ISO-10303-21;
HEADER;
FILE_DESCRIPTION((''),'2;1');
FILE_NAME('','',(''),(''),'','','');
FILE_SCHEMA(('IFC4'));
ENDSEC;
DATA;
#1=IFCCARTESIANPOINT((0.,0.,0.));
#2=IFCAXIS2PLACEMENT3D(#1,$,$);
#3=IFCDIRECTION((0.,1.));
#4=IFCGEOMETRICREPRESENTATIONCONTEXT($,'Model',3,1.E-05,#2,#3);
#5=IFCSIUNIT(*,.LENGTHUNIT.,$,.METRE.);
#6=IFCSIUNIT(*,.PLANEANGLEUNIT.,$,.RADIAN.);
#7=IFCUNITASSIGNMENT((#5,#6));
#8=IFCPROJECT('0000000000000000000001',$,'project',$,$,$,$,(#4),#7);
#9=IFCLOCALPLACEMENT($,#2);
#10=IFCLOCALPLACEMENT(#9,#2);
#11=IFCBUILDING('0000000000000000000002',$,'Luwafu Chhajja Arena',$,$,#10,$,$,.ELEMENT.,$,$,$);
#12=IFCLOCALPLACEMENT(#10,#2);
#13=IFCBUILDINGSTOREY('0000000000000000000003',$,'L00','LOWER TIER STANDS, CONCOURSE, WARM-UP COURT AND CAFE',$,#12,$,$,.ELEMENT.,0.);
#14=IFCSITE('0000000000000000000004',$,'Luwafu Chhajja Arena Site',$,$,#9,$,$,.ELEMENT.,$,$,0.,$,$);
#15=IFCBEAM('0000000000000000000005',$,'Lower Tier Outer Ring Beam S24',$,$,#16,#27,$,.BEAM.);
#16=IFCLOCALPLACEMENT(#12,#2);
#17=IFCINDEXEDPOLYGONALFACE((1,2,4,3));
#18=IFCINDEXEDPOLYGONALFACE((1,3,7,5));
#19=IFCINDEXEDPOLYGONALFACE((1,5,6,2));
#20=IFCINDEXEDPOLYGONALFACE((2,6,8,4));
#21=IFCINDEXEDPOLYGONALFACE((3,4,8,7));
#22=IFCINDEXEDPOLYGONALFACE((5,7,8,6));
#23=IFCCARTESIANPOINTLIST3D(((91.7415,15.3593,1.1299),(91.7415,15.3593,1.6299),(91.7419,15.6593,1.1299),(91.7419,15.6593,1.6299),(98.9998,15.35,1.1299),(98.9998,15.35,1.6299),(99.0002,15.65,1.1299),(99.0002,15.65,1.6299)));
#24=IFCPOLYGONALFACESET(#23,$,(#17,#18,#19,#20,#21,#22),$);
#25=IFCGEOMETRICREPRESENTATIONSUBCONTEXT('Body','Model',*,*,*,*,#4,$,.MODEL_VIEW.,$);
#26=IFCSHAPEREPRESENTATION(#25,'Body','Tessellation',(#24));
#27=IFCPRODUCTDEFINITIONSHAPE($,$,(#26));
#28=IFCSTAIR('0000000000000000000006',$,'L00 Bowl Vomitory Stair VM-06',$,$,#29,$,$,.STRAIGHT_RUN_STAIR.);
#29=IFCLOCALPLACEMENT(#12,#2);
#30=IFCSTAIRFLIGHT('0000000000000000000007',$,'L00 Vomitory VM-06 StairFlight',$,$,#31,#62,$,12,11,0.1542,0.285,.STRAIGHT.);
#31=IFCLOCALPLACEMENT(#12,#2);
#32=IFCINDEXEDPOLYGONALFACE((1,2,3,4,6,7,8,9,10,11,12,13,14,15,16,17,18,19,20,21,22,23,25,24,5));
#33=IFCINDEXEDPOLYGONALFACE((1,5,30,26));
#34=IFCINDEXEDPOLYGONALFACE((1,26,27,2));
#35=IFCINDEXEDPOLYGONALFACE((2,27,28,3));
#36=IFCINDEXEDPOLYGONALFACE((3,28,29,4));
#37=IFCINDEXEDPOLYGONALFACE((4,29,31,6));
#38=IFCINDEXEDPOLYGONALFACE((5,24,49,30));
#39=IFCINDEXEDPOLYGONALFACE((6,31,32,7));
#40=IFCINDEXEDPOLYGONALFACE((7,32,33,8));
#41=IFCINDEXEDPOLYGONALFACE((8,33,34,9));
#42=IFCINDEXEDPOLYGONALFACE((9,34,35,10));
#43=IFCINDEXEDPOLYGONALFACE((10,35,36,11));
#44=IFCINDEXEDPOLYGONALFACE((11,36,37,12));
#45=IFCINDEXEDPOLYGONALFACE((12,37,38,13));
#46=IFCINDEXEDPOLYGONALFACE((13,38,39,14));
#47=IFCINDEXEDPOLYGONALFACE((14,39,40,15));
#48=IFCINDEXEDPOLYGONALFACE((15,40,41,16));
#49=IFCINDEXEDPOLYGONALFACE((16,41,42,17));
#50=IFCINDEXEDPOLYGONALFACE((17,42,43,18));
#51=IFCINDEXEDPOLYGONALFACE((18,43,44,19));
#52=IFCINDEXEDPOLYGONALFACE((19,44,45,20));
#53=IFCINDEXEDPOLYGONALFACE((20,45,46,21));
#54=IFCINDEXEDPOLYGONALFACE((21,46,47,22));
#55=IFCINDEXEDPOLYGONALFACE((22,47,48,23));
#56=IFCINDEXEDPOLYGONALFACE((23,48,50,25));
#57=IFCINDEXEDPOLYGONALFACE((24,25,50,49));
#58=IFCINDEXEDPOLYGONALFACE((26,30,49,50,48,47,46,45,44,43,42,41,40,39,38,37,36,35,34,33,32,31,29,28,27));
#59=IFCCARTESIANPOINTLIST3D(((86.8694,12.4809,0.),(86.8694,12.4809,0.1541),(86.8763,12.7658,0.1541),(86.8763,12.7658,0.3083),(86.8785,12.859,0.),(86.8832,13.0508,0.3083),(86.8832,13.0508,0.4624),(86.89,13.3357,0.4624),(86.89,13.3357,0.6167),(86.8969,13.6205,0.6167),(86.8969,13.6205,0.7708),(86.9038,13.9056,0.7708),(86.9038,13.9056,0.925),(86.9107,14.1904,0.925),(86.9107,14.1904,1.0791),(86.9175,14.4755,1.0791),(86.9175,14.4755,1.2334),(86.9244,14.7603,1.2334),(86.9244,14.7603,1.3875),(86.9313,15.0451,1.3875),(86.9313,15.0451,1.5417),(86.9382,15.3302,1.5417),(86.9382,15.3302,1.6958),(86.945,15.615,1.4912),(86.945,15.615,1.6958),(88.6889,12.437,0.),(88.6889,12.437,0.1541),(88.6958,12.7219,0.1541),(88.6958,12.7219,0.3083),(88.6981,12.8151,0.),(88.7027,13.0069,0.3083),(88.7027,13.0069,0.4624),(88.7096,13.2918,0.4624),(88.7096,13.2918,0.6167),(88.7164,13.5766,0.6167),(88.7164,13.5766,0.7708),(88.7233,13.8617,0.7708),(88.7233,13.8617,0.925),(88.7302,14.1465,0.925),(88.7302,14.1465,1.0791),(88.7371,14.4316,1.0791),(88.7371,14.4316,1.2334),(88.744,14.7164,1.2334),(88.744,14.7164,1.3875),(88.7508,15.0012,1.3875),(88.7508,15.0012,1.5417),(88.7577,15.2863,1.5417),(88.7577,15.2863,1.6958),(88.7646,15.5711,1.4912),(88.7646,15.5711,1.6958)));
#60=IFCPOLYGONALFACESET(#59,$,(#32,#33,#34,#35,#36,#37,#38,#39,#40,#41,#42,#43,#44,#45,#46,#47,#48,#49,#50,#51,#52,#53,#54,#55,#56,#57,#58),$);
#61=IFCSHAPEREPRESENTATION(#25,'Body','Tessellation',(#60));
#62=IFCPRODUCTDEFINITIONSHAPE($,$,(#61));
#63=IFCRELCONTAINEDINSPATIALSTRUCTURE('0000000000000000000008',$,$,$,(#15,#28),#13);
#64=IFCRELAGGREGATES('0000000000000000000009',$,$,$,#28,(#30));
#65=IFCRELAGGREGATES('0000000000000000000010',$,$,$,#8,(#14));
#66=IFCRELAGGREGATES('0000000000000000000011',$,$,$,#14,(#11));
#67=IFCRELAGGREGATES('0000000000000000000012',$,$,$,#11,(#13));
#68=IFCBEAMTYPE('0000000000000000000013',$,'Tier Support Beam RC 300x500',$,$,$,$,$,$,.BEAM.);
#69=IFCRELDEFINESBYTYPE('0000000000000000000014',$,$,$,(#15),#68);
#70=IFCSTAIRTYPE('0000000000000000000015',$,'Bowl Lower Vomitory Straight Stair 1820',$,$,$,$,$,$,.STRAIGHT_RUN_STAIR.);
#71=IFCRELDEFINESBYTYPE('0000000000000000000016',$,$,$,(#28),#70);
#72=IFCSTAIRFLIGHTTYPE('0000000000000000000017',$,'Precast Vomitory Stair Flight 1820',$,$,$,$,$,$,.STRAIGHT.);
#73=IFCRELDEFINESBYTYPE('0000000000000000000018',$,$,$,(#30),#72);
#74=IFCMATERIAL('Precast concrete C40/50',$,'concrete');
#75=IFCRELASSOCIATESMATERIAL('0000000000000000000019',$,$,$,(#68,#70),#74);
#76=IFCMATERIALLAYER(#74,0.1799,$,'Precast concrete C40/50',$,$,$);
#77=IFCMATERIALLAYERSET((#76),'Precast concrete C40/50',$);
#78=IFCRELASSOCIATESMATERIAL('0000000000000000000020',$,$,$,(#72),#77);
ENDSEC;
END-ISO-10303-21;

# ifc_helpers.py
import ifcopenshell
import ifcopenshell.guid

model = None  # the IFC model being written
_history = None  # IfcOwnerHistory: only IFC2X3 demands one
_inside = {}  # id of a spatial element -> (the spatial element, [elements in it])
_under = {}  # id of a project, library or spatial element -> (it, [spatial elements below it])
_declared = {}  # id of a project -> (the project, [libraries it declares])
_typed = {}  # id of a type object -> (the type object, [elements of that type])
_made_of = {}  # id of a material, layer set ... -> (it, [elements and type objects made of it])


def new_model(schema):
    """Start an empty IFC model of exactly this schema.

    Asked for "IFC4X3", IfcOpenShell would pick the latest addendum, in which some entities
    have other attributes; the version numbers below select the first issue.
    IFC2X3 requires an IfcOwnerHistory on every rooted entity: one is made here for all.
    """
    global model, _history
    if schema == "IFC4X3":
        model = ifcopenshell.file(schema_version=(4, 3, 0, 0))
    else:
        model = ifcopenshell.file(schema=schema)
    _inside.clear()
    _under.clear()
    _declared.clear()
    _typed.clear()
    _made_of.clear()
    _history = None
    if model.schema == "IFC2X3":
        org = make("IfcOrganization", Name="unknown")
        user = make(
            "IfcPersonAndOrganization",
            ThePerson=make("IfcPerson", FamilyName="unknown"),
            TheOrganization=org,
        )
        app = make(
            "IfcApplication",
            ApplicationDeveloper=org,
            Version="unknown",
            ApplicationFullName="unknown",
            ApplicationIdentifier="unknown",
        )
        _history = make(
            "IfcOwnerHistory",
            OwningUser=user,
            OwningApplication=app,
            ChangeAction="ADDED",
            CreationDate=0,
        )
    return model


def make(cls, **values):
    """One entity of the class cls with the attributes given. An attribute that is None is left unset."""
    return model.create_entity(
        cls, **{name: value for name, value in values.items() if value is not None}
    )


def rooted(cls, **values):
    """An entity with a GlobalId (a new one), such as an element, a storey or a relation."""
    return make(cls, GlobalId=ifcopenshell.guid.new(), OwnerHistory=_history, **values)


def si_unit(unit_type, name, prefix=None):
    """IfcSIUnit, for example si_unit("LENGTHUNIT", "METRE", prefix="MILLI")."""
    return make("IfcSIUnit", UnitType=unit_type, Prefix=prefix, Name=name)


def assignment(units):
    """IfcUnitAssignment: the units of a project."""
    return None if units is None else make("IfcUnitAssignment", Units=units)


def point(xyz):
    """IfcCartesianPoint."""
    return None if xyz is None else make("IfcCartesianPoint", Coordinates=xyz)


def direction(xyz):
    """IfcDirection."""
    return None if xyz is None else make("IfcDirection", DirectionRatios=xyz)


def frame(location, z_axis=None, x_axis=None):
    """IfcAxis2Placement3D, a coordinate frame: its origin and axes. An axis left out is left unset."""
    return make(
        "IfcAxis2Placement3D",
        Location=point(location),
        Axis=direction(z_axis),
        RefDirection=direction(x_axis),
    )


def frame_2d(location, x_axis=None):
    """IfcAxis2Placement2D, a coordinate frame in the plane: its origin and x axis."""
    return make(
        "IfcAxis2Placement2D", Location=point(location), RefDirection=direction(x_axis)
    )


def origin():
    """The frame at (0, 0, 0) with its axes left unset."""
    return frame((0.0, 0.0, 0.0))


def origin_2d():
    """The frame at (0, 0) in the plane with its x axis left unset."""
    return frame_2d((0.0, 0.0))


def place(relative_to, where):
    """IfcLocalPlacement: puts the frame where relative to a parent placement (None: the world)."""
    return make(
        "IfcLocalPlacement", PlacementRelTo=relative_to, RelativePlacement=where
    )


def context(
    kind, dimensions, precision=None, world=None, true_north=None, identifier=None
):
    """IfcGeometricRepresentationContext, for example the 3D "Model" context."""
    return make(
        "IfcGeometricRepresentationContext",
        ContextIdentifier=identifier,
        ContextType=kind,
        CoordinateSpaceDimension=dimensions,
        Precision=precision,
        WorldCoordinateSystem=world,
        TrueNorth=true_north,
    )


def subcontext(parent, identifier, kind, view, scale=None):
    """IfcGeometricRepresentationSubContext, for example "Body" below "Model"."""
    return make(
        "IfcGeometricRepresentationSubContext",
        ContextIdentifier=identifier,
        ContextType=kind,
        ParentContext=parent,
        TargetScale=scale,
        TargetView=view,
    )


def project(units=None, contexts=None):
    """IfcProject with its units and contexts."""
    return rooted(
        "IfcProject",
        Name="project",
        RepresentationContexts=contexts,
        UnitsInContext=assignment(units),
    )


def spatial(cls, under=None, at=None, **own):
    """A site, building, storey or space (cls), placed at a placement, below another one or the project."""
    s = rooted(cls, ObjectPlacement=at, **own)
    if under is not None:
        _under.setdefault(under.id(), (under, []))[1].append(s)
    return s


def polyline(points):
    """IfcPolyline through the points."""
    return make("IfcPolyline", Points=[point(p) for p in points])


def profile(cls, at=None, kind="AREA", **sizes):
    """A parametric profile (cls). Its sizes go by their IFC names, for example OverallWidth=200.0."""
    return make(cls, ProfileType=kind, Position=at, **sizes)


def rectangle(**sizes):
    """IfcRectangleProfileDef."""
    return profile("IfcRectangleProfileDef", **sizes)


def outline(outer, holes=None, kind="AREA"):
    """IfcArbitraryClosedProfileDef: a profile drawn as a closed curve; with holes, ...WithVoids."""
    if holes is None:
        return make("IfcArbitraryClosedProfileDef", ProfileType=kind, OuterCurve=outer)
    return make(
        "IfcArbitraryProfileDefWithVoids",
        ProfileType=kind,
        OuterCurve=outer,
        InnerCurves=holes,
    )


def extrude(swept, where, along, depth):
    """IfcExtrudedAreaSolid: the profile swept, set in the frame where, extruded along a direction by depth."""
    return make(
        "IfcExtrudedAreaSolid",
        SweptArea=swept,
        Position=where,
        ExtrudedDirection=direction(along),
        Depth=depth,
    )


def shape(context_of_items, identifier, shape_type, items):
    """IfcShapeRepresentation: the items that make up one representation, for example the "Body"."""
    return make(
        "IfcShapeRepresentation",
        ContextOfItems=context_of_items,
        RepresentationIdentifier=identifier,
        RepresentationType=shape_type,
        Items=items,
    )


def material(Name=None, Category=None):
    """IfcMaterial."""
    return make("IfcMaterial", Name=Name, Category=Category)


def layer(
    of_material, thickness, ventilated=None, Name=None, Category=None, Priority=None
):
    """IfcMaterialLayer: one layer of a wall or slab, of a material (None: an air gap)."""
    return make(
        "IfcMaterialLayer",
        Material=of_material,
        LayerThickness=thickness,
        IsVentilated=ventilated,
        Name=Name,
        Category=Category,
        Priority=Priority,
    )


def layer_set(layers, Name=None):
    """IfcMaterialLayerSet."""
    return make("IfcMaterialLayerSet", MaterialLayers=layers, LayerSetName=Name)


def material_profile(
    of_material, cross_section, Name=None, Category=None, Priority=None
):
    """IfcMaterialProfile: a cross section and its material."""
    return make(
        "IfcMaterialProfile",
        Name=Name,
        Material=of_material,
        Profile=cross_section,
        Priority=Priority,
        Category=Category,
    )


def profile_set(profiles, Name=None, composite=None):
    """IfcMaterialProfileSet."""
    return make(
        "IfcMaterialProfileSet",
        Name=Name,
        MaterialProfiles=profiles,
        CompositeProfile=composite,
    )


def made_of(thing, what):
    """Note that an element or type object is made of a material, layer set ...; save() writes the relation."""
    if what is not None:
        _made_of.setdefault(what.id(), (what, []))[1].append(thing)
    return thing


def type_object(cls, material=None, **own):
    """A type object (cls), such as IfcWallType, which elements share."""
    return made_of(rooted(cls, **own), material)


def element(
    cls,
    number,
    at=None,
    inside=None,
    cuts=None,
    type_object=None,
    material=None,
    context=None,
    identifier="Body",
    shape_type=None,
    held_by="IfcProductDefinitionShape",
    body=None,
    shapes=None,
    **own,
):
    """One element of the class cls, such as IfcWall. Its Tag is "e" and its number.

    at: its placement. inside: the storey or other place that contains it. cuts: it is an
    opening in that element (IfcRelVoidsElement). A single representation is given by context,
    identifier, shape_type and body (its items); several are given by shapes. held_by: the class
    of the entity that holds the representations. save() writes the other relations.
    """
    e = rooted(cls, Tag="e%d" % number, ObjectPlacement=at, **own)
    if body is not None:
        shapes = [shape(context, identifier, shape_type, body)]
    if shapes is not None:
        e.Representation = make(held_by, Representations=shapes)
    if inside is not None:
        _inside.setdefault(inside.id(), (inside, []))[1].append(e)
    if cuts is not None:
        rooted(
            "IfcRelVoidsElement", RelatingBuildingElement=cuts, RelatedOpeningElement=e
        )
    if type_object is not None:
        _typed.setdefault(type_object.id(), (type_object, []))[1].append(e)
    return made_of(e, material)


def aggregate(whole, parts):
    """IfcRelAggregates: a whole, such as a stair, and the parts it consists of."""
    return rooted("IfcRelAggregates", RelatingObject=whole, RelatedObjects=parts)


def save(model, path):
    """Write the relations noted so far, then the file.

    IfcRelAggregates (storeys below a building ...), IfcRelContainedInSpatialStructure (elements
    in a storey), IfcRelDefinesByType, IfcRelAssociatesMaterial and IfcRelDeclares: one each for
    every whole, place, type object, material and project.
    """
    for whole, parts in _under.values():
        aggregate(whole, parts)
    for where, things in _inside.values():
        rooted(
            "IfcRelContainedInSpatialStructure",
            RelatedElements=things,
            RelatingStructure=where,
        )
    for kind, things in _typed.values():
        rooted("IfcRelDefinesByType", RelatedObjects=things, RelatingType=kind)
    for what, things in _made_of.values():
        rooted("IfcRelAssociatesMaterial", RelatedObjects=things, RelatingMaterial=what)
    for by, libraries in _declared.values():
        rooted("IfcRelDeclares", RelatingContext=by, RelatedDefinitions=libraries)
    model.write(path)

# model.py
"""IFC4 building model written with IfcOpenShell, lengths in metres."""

from ifc_helpers import new_model, si_unit, direction, frame, origin, origin_2d, place, context, subcontext, project, spatial, polyline, rectangle, outline, extrude, material, layer, layer_set, material_profile, profile_set, type_object, element, aggregate, save


model = new_model("IFC4")

# Units and contexts
model_context = context("Model", 3, precision=1e-05, world=origin(), true_north=direction((0.0, 1.0)))
body_context = subcontext(model_context, "Body", "Model", "MODEL_VIEW")
ifc_project = project(units=[si_unit("LENGTHUNIT", "METRE"), si_unit("PLANEANGLEUNIT", "RADIAN")], contexts=[model_context])

# Site, building, storey
site_placement = place(None, origin())
site = spatial("IfcSite", under=ifc_project, at=site_placement, Name="Luwafu Chhajja Arena Site", CompositionType="ELEMENT", RefElevation=0.0)
building_placement = place(site_placement, origin())
building = spatial("IfcBuilding", under=site, at=building_placement, Name="Luwafu Chhajja Arena", CompositionType="ELEMENT")
storey_placement = place(building_placement, origin())
storey = spatial("IfcBuildingStorey", under=building, at=storey_placement, Name="L00", Description="LOWER TIER STANDS, CONCOURSE, WARM-UP COURT AND CAFE", CompositionType="ELEMENT", Elevation=0.0)

# Beam
ifc_material_1 = material(Name="Precast concrete C40/50", Category="concrete")
ifc_material_profile_1 = material_profile(ifc_material_1, rectangle(XDim=0.3, YDim=0.5, at=origin_2d()), Name="RC 300x500")
ifc_profile_set_1 = profile_set([ifc_material_profile_1], Name="Precast concrete C40/50")
beam_type_1 = type_object("IfcBeamType", Name="Tier Support Beam RC 300x500", PredefinedType="BEAM", material=ifc_profile_set_1)
beam_1_placement = place(storey_placement, frame((91.7417, 15.5093, 1.3799), z_axis=(0.999999, -0.001278, 0.0), x_axis=(0.001278, 0.999999, 0.0)))
element("IfcBeam", 1, at=beam_1_placement, inside=storey, type_object=beam_type_1, Name="Lower Tier Outer Ring Beam S24", PredefinedType="BEAM", context=body_context, shape_type="SweptSolid", body=[
    extrude(rectangle(XDim=0.3, YDim=0.5, at=origin_2d()), origin(), (0.0, 0.0, 1.0), 7.2583),
])

# Stair, stair flight
stair_type = type_object("IfcStairType", Name="Bowl Lower Vomitory Straight Stair 1820", PredefinedType="STRAIGHT_RUN_STAIR", material=ifc_material_1)
stair_placement = place(storey_placement, origin())
stair = element("IfcStair", 2, at=stair_placement, inside=storey, type_object=stair_type, Name="L00 Bowl Vomitory Stair VM-06", PredefinedType="STRAIGHT_RUN_STAIR")
ifc_layer = layer(ifc_material_1, 0.1799, Name="Precast concrete C40/50")
ifc_layer_set = layer_set([ifc_layer], Name="Precast concrete C40/50")
stair_flight_type = type_object("IfcStairFlightType", Name="Precast Vomitory Stair Flight 1820", PredefinedType="STRAIGHT", material=ifc_layer_set)
stair_flight_placement = place(storey_placement, frame((87.7793, 12.459, 0.0), z_axis=(0.0, 0.0, 1.0), x_axis=(0.024129, 0.999709, 0.0)))
stair_flight = element("IfcStairFlight", 3, at=stair_flight_placement, type_object=stair_flight_type, Name="L00 Vomitory VM-06 StairFlight", NumberOfRisers=12, NumberOfTreads=11, PredefinedType="STRAIGHT", RiserHeight=0.1542, TreadLength=0.285, context=body_context, shape_type="SweptSolid", body=[
    extrude(outline(polyline([(0.0, 0.0), (0.0, 0.1541), (0.2849, 0.1541), (0.2849, 0.3083), (0.5701, 0.3083), (0.5701, 0.4624), (0.855, 0.4624), (0.855, 0.6167), (1.1399, 0.6167), (1.1399, 0.7708), (1.425, 0.7708), (1.425, 0.925), (1.71, 0.925), (1.71, 1.0791), (1.9951, 1.0791), (1.9951, 1.2334), (2.28, 1.2334), (2.28, 1.3875), (2.5649, 1.3875), (2.5649, 1.5417), (2.8501, 1.5417), (2.8501, 1.6958), (3.135, 1.6958), (3.135, 1.8501), (3.135, 1.4912), (0.3782, 0.0), (0.0, 0.0)])), frame((0.0, 0.9102, 0.0), z_axis=(0.0, -1.0, 0.0), x_axis=(1.0, 0.0, 0.0)), (0.0, 0.0, 1.0), 1.8201),
])
aggregate(stair, [stair_flight])

save(model, "model.ifc")
